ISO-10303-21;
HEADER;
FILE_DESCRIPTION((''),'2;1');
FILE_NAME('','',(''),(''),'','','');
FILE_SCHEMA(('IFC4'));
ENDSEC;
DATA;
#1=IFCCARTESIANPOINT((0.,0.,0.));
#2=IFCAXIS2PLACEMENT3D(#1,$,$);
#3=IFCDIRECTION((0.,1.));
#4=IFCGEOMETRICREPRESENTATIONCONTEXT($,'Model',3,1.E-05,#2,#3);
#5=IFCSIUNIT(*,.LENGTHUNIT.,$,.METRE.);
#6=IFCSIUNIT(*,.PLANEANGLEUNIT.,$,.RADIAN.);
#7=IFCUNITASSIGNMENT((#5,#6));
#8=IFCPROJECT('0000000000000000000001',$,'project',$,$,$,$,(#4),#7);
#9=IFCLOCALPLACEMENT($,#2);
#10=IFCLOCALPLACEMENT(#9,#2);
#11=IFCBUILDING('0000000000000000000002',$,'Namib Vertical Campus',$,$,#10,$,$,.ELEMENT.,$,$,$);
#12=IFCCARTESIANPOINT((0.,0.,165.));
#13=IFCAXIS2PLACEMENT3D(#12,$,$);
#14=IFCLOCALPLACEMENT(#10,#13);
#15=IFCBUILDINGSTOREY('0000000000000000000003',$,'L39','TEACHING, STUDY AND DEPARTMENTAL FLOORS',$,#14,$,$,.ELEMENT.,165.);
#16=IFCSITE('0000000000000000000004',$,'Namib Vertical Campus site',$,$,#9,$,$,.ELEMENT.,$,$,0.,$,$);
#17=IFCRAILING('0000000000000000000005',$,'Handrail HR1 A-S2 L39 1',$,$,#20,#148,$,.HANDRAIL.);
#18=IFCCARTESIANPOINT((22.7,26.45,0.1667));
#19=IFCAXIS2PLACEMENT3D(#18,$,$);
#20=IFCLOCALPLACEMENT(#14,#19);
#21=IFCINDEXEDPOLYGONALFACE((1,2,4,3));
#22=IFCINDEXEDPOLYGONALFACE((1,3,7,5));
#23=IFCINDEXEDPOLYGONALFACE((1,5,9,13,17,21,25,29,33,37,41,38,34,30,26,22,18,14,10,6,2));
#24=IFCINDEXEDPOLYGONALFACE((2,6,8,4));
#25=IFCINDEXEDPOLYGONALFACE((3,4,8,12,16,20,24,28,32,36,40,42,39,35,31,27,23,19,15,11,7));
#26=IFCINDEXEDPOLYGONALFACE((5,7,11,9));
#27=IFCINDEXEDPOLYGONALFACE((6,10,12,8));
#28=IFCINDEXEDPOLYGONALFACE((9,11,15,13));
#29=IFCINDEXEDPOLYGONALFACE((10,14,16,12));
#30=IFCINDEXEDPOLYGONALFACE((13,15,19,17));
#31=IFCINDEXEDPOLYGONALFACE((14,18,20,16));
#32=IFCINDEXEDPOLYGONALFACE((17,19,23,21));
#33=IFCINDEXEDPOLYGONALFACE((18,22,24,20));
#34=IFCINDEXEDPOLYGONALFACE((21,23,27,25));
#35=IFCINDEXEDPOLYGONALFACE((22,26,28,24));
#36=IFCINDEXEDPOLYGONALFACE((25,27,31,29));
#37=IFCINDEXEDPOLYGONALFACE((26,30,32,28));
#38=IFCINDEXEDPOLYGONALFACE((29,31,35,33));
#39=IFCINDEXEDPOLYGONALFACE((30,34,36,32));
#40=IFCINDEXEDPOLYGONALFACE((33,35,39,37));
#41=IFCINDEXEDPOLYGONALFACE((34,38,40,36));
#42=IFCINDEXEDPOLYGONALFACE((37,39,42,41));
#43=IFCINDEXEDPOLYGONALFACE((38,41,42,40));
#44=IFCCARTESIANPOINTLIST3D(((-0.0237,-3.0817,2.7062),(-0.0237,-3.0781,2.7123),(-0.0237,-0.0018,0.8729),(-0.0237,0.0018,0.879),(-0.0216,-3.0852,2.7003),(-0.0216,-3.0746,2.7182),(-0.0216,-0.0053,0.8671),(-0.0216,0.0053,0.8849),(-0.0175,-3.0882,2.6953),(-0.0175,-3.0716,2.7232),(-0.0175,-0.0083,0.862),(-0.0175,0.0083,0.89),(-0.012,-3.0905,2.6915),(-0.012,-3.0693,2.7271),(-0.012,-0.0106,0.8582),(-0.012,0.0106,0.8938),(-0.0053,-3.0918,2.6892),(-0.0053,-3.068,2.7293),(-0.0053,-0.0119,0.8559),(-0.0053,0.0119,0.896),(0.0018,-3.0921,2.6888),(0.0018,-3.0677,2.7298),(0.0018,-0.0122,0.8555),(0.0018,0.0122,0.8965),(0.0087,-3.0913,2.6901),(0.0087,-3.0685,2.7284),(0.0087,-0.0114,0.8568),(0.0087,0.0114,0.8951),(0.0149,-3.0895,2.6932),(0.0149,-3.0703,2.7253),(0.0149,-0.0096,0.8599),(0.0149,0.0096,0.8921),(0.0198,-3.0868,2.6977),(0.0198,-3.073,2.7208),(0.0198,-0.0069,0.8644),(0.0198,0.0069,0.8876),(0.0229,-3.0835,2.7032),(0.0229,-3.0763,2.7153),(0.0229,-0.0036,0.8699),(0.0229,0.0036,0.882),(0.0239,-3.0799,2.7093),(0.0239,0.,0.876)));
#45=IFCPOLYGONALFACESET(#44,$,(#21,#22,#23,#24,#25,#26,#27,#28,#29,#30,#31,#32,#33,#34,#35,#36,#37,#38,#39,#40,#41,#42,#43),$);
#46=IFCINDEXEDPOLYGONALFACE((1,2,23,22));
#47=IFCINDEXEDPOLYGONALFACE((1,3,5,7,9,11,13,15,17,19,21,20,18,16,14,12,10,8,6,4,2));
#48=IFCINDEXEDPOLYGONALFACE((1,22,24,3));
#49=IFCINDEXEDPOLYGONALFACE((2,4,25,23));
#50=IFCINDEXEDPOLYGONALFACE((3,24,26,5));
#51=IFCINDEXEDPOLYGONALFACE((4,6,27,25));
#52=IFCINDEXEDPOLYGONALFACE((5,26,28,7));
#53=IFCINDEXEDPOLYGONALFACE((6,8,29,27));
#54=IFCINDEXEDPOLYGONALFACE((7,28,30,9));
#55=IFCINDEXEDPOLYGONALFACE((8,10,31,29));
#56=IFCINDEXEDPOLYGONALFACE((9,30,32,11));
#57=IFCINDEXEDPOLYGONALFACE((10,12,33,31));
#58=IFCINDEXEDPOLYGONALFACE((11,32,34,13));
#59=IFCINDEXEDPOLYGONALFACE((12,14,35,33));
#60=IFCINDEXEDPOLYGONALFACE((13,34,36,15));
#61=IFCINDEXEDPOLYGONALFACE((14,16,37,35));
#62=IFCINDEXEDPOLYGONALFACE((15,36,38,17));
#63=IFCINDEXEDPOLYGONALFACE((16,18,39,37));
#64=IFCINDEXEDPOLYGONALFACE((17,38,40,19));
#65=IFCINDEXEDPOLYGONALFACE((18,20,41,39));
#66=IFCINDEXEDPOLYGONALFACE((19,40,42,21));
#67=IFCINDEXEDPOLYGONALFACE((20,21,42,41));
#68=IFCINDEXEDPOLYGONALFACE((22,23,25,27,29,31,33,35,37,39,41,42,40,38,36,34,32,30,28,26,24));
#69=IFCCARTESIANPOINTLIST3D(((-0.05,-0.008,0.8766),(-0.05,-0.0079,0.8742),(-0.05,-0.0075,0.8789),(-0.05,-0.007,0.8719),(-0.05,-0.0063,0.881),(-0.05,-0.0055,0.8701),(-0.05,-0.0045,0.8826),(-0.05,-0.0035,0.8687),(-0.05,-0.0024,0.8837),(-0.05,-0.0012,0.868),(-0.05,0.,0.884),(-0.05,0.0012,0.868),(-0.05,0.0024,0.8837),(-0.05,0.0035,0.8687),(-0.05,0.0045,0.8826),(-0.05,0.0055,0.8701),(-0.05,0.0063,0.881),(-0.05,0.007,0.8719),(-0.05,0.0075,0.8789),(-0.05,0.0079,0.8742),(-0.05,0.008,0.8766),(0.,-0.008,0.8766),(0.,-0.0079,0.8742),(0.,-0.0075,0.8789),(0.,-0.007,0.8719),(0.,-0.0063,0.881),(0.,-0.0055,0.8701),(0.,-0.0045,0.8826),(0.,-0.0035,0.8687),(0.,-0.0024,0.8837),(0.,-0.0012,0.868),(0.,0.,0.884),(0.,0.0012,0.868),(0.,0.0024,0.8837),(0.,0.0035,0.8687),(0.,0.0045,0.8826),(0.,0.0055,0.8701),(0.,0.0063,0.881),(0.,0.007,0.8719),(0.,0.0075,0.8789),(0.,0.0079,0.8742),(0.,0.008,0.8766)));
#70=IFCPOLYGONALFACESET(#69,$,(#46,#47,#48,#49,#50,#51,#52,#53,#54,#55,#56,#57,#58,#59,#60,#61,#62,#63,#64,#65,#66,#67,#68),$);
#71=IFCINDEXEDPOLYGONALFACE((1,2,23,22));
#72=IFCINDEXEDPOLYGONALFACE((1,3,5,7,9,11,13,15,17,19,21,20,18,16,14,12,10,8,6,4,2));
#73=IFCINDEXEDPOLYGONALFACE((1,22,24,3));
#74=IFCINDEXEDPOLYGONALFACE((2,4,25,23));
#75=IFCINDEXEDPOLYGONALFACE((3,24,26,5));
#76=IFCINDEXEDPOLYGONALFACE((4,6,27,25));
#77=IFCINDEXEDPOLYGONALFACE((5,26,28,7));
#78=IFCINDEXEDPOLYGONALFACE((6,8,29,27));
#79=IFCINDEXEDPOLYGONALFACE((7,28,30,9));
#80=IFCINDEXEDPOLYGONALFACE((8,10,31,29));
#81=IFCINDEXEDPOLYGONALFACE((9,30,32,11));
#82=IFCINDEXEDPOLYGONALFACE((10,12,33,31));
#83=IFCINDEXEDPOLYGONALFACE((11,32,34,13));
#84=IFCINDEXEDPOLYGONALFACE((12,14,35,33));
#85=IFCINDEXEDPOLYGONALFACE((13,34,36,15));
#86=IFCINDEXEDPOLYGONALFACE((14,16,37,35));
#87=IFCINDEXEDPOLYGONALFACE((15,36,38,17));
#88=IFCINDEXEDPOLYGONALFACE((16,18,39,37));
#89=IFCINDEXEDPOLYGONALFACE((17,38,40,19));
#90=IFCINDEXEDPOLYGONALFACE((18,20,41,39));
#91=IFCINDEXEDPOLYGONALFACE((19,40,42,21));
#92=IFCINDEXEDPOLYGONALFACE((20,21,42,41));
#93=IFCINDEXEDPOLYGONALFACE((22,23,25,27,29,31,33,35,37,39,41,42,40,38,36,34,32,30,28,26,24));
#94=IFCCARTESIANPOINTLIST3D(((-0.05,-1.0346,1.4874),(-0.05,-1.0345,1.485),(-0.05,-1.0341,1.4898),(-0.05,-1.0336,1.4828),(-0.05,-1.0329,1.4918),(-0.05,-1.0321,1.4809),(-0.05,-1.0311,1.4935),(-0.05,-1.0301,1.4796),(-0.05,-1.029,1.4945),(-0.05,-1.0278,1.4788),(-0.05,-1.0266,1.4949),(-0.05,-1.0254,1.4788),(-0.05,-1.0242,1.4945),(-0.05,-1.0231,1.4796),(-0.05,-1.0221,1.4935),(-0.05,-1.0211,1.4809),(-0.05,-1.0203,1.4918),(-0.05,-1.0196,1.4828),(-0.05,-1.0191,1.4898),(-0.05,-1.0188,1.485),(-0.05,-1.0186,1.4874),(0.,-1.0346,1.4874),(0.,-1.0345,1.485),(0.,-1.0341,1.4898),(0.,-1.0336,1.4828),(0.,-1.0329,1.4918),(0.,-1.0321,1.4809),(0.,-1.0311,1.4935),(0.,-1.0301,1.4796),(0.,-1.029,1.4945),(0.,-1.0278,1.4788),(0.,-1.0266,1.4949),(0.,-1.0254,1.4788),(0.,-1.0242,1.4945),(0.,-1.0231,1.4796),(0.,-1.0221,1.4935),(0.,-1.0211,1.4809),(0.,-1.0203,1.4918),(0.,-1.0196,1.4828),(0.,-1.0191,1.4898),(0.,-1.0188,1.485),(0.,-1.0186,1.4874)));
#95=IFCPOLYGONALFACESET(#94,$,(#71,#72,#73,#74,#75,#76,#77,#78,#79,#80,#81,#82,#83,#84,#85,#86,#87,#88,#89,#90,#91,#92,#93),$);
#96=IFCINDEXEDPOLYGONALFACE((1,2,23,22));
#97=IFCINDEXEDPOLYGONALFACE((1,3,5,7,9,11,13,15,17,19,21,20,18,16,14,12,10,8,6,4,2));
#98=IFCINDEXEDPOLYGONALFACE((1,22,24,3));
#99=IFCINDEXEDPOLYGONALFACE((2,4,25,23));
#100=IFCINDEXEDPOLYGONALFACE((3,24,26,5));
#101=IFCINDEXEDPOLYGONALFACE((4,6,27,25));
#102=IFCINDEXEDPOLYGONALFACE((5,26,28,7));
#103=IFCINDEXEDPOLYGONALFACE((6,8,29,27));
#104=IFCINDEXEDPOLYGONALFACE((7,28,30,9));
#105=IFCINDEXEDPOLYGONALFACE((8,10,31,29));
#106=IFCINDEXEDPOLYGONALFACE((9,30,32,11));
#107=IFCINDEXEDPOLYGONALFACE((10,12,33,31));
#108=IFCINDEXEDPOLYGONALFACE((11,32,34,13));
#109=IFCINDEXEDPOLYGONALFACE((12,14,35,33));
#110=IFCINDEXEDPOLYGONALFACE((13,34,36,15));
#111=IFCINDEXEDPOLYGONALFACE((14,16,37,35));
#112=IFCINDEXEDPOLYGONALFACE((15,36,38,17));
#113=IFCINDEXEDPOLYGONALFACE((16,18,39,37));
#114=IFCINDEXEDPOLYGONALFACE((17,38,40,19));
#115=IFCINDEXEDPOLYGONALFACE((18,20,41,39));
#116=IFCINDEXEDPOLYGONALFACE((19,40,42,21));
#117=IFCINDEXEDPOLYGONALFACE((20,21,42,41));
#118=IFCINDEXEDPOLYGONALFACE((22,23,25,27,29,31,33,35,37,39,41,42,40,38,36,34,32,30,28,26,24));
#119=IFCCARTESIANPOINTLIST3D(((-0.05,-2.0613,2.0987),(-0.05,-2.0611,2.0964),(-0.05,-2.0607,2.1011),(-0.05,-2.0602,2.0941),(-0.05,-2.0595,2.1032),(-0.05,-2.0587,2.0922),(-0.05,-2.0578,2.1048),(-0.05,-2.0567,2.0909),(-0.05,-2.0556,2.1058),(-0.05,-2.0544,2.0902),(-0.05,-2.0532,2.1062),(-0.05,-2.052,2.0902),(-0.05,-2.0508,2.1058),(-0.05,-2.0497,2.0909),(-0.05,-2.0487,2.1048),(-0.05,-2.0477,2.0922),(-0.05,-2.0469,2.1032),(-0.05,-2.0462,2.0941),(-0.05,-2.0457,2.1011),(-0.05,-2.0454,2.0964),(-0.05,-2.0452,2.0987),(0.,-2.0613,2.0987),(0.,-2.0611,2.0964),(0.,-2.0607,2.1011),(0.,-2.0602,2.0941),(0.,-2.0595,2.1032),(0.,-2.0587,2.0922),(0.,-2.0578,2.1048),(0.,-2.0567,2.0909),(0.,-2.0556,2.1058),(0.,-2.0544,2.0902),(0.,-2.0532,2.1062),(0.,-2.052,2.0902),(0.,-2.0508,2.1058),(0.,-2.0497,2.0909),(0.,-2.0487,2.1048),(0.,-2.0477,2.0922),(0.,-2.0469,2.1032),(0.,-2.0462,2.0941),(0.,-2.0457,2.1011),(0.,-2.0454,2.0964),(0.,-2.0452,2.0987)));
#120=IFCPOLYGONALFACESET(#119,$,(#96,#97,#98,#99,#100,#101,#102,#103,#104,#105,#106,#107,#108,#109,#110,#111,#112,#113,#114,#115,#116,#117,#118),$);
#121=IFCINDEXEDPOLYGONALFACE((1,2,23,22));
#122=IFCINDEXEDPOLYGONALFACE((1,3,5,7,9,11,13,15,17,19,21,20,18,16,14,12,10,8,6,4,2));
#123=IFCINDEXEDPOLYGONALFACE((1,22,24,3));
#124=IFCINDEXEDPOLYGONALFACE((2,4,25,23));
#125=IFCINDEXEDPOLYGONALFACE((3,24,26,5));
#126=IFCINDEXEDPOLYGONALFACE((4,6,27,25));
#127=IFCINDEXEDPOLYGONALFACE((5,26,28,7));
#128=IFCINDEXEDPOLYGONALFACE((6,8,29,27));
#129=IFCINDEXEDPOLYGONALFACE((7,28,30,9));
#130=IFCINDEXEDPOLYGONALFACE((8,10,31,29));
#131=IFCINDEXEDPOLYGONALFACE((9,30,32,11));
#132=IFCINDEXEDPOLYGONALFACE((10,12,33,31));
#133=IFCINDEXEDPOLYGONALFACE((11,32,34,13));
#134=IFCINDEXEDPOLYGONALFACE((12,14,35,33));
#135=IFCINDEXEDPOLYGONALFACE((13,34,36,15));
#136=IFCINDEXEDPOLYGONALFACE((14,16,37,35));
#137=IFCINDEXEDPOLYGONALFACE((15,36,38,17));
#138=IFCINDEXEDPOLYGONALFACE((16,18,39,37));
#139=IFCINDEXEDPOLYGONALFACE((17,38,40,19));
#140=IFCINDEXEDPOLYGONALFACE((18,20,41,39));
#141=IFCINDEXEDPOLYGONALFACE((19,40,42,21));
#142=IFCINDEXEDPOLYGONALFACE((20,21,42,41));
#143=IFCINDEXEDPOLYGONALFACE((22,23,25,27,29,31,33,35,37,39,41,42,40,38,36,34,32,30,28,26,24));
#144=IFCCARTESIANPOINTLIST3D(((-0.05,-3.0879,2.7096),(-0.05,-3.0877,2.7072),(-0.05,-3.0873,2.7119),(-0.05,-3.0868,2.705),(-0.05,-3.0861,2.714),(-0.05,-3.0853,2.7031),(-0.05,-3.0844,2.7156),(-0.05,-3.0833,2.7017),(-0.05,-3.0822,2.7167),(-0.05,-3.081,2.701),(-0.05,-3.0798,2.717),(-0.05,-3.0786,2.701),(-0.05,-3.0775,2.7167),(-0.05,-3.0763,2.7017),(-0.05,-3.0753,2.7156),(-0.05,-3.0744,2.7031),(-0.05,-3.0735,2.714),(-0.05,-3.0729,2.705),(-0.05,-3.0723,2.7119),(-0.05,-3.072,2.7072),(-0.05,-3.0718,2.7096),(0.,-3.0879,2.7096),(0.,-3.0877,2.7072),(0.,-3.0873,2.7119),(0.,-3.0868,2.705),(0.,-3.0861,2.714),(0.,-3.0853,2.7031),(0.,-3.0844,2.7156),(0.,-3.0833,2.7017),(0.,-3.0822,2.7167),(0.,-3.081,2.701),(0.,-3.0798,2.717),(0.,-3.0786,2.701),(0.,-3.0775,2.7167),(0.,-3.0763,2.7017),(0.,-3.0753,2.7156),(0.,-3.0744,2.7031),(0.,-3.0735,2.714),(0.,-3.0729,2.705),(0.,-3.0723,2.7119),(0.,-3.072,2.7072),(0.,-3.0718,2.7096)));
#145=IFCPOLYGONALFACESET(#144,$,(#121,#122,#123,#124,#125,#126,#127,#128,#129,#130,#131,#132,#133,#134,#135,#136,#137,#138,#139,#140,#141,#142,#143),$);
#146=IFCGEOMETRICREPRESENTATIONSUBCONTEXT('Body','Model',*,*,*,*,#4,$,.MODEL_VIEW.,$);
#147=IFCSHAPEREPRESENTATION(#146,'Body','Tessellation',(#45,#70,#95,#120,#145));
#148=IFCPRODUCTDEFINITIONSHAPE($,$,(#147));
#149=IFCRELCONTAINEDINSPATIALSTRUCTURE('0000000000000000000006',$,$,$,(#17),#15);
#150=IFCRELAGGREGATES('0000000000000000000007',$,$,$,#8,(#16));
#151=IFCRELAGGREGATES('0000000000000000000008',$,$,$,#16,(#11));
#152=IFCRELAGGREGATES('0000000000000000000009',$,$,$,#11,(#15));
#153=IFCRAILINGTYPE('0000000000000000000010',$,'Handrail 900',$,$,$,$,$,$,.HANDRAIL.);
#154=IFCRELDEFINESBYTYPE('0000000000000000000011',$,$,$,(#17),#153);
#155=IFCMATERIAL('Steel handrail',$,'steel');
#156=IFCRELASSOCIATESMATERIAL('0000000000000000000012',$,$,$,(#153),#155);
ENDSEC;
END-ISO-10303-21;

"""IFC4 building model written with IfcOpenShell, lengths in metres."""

from ifc_helpers import new_model, si_unit, direction, frame, origin, origin_2d, place, context, subcontext, project, spatial, circle, extrude, material, type_object, element, save


model = new_model("IFC4")

# Units and contexts
model_context = context("Model", 3, precision=1e-05, world=origin(), true_north=direction((0.0, 1.0)))
body_context = subcontext(model_context, "Body", "Model", "MODEL_VIEW")
ifc_project = project(units=[si_unit("LENGTHUNIT", "METRE"), si_unit("PLANEANGLEUNIT", "RADIAN")], contexts=[model_context])

# Site, building, storey
site_placement = place(None, origin())
site = spatial("IfcSite", under=ifc_project, at=site_placement, Name="Namib Vertical Campus site", CompositionType="ELEMENT", RefElevation=0.0)
building_placement = place(site_placement, origin())
building = spatial("IfcBuilding", under=site, at=building_placement, Name="Namib Vertical Campus", CompositionType="ELEMENT")
storey_placement = place(building_placement, frame((0.0, 0.0, 165.0)))
storey = spatial("IfcBuildingStorey", under=building, at=storey_placement, Name="L39", Description="TEACHING, STUDY AND DEPARTMENTAL FLOORS", CompositionType="ELEMENT", Elevation=165.0)

# Railing
ifc_material_1 = material(Name="Steel handrail", Category="steel")
railing_type_1 = type_object("IfcRailingType", Name="Handrail 900", PredefinedType="HANDRAIL", material=ifc_material_1)
railing_1_placement = place(storey_placement, frame((22.7, 26.45, 0.1667)))
element("IfcRailing", 1, at=railing_1_placement, inside=storey, type_object=railing_type_1, Name="Handrail HR1 A-S2 L39 1", PredefinedType="HANDRAIL", context=body_context, shape_type="SweptSolid", body=[
    extrude(circle(Radius=0.0239, at=origin_2d()), frame((0.0, 0.0, 0.876), z_axis=(0.0, -0.859291, 0.511487), x_axis=(1.0, 0.0, 0.0)), (0.0, 0.0, 1.0), 3.5842),
    extrude(circle(Radius=0.0081, at=origin_2d()), frame((0.0, 0.0, 0.876), z_axis=(-1.0, 0.0, 0.0), x_axis=(0.0, 0.0, 1.0)), (0.0, 0.0, 1.0), 0.05),
    extrude(circle(Radius=0.0081, at=origin_2d()), frame((0.0, -1.0266, 1.4868), z_axis=(-1.0, 0.0, 0.0), x_axis=(0.0, 0.0, 1.0)), (0.0, 0.0, 1.0), 0.05),
    extrude(circle(Radius=0.0081, at=origin_2d()), frame((0.0, -2.0532, 2.0981), z_axis=(-1.0, 0.0, 0.0), x_axis=(0.0, 0.0, 1.0)), (0.0, 0.0, 1.0), 0.05),
    extrude(circle(Radius=0.0081, at=origin_2d()), frame((0.0, -3.0798, 2.709), z_axis=(-1.0, 0.0, 0.0), x_axis=(0.0, 0.0, 1.0)), (0.0, 0.0, 1.0), 0.05),
])

save(model, "model.ifc")
